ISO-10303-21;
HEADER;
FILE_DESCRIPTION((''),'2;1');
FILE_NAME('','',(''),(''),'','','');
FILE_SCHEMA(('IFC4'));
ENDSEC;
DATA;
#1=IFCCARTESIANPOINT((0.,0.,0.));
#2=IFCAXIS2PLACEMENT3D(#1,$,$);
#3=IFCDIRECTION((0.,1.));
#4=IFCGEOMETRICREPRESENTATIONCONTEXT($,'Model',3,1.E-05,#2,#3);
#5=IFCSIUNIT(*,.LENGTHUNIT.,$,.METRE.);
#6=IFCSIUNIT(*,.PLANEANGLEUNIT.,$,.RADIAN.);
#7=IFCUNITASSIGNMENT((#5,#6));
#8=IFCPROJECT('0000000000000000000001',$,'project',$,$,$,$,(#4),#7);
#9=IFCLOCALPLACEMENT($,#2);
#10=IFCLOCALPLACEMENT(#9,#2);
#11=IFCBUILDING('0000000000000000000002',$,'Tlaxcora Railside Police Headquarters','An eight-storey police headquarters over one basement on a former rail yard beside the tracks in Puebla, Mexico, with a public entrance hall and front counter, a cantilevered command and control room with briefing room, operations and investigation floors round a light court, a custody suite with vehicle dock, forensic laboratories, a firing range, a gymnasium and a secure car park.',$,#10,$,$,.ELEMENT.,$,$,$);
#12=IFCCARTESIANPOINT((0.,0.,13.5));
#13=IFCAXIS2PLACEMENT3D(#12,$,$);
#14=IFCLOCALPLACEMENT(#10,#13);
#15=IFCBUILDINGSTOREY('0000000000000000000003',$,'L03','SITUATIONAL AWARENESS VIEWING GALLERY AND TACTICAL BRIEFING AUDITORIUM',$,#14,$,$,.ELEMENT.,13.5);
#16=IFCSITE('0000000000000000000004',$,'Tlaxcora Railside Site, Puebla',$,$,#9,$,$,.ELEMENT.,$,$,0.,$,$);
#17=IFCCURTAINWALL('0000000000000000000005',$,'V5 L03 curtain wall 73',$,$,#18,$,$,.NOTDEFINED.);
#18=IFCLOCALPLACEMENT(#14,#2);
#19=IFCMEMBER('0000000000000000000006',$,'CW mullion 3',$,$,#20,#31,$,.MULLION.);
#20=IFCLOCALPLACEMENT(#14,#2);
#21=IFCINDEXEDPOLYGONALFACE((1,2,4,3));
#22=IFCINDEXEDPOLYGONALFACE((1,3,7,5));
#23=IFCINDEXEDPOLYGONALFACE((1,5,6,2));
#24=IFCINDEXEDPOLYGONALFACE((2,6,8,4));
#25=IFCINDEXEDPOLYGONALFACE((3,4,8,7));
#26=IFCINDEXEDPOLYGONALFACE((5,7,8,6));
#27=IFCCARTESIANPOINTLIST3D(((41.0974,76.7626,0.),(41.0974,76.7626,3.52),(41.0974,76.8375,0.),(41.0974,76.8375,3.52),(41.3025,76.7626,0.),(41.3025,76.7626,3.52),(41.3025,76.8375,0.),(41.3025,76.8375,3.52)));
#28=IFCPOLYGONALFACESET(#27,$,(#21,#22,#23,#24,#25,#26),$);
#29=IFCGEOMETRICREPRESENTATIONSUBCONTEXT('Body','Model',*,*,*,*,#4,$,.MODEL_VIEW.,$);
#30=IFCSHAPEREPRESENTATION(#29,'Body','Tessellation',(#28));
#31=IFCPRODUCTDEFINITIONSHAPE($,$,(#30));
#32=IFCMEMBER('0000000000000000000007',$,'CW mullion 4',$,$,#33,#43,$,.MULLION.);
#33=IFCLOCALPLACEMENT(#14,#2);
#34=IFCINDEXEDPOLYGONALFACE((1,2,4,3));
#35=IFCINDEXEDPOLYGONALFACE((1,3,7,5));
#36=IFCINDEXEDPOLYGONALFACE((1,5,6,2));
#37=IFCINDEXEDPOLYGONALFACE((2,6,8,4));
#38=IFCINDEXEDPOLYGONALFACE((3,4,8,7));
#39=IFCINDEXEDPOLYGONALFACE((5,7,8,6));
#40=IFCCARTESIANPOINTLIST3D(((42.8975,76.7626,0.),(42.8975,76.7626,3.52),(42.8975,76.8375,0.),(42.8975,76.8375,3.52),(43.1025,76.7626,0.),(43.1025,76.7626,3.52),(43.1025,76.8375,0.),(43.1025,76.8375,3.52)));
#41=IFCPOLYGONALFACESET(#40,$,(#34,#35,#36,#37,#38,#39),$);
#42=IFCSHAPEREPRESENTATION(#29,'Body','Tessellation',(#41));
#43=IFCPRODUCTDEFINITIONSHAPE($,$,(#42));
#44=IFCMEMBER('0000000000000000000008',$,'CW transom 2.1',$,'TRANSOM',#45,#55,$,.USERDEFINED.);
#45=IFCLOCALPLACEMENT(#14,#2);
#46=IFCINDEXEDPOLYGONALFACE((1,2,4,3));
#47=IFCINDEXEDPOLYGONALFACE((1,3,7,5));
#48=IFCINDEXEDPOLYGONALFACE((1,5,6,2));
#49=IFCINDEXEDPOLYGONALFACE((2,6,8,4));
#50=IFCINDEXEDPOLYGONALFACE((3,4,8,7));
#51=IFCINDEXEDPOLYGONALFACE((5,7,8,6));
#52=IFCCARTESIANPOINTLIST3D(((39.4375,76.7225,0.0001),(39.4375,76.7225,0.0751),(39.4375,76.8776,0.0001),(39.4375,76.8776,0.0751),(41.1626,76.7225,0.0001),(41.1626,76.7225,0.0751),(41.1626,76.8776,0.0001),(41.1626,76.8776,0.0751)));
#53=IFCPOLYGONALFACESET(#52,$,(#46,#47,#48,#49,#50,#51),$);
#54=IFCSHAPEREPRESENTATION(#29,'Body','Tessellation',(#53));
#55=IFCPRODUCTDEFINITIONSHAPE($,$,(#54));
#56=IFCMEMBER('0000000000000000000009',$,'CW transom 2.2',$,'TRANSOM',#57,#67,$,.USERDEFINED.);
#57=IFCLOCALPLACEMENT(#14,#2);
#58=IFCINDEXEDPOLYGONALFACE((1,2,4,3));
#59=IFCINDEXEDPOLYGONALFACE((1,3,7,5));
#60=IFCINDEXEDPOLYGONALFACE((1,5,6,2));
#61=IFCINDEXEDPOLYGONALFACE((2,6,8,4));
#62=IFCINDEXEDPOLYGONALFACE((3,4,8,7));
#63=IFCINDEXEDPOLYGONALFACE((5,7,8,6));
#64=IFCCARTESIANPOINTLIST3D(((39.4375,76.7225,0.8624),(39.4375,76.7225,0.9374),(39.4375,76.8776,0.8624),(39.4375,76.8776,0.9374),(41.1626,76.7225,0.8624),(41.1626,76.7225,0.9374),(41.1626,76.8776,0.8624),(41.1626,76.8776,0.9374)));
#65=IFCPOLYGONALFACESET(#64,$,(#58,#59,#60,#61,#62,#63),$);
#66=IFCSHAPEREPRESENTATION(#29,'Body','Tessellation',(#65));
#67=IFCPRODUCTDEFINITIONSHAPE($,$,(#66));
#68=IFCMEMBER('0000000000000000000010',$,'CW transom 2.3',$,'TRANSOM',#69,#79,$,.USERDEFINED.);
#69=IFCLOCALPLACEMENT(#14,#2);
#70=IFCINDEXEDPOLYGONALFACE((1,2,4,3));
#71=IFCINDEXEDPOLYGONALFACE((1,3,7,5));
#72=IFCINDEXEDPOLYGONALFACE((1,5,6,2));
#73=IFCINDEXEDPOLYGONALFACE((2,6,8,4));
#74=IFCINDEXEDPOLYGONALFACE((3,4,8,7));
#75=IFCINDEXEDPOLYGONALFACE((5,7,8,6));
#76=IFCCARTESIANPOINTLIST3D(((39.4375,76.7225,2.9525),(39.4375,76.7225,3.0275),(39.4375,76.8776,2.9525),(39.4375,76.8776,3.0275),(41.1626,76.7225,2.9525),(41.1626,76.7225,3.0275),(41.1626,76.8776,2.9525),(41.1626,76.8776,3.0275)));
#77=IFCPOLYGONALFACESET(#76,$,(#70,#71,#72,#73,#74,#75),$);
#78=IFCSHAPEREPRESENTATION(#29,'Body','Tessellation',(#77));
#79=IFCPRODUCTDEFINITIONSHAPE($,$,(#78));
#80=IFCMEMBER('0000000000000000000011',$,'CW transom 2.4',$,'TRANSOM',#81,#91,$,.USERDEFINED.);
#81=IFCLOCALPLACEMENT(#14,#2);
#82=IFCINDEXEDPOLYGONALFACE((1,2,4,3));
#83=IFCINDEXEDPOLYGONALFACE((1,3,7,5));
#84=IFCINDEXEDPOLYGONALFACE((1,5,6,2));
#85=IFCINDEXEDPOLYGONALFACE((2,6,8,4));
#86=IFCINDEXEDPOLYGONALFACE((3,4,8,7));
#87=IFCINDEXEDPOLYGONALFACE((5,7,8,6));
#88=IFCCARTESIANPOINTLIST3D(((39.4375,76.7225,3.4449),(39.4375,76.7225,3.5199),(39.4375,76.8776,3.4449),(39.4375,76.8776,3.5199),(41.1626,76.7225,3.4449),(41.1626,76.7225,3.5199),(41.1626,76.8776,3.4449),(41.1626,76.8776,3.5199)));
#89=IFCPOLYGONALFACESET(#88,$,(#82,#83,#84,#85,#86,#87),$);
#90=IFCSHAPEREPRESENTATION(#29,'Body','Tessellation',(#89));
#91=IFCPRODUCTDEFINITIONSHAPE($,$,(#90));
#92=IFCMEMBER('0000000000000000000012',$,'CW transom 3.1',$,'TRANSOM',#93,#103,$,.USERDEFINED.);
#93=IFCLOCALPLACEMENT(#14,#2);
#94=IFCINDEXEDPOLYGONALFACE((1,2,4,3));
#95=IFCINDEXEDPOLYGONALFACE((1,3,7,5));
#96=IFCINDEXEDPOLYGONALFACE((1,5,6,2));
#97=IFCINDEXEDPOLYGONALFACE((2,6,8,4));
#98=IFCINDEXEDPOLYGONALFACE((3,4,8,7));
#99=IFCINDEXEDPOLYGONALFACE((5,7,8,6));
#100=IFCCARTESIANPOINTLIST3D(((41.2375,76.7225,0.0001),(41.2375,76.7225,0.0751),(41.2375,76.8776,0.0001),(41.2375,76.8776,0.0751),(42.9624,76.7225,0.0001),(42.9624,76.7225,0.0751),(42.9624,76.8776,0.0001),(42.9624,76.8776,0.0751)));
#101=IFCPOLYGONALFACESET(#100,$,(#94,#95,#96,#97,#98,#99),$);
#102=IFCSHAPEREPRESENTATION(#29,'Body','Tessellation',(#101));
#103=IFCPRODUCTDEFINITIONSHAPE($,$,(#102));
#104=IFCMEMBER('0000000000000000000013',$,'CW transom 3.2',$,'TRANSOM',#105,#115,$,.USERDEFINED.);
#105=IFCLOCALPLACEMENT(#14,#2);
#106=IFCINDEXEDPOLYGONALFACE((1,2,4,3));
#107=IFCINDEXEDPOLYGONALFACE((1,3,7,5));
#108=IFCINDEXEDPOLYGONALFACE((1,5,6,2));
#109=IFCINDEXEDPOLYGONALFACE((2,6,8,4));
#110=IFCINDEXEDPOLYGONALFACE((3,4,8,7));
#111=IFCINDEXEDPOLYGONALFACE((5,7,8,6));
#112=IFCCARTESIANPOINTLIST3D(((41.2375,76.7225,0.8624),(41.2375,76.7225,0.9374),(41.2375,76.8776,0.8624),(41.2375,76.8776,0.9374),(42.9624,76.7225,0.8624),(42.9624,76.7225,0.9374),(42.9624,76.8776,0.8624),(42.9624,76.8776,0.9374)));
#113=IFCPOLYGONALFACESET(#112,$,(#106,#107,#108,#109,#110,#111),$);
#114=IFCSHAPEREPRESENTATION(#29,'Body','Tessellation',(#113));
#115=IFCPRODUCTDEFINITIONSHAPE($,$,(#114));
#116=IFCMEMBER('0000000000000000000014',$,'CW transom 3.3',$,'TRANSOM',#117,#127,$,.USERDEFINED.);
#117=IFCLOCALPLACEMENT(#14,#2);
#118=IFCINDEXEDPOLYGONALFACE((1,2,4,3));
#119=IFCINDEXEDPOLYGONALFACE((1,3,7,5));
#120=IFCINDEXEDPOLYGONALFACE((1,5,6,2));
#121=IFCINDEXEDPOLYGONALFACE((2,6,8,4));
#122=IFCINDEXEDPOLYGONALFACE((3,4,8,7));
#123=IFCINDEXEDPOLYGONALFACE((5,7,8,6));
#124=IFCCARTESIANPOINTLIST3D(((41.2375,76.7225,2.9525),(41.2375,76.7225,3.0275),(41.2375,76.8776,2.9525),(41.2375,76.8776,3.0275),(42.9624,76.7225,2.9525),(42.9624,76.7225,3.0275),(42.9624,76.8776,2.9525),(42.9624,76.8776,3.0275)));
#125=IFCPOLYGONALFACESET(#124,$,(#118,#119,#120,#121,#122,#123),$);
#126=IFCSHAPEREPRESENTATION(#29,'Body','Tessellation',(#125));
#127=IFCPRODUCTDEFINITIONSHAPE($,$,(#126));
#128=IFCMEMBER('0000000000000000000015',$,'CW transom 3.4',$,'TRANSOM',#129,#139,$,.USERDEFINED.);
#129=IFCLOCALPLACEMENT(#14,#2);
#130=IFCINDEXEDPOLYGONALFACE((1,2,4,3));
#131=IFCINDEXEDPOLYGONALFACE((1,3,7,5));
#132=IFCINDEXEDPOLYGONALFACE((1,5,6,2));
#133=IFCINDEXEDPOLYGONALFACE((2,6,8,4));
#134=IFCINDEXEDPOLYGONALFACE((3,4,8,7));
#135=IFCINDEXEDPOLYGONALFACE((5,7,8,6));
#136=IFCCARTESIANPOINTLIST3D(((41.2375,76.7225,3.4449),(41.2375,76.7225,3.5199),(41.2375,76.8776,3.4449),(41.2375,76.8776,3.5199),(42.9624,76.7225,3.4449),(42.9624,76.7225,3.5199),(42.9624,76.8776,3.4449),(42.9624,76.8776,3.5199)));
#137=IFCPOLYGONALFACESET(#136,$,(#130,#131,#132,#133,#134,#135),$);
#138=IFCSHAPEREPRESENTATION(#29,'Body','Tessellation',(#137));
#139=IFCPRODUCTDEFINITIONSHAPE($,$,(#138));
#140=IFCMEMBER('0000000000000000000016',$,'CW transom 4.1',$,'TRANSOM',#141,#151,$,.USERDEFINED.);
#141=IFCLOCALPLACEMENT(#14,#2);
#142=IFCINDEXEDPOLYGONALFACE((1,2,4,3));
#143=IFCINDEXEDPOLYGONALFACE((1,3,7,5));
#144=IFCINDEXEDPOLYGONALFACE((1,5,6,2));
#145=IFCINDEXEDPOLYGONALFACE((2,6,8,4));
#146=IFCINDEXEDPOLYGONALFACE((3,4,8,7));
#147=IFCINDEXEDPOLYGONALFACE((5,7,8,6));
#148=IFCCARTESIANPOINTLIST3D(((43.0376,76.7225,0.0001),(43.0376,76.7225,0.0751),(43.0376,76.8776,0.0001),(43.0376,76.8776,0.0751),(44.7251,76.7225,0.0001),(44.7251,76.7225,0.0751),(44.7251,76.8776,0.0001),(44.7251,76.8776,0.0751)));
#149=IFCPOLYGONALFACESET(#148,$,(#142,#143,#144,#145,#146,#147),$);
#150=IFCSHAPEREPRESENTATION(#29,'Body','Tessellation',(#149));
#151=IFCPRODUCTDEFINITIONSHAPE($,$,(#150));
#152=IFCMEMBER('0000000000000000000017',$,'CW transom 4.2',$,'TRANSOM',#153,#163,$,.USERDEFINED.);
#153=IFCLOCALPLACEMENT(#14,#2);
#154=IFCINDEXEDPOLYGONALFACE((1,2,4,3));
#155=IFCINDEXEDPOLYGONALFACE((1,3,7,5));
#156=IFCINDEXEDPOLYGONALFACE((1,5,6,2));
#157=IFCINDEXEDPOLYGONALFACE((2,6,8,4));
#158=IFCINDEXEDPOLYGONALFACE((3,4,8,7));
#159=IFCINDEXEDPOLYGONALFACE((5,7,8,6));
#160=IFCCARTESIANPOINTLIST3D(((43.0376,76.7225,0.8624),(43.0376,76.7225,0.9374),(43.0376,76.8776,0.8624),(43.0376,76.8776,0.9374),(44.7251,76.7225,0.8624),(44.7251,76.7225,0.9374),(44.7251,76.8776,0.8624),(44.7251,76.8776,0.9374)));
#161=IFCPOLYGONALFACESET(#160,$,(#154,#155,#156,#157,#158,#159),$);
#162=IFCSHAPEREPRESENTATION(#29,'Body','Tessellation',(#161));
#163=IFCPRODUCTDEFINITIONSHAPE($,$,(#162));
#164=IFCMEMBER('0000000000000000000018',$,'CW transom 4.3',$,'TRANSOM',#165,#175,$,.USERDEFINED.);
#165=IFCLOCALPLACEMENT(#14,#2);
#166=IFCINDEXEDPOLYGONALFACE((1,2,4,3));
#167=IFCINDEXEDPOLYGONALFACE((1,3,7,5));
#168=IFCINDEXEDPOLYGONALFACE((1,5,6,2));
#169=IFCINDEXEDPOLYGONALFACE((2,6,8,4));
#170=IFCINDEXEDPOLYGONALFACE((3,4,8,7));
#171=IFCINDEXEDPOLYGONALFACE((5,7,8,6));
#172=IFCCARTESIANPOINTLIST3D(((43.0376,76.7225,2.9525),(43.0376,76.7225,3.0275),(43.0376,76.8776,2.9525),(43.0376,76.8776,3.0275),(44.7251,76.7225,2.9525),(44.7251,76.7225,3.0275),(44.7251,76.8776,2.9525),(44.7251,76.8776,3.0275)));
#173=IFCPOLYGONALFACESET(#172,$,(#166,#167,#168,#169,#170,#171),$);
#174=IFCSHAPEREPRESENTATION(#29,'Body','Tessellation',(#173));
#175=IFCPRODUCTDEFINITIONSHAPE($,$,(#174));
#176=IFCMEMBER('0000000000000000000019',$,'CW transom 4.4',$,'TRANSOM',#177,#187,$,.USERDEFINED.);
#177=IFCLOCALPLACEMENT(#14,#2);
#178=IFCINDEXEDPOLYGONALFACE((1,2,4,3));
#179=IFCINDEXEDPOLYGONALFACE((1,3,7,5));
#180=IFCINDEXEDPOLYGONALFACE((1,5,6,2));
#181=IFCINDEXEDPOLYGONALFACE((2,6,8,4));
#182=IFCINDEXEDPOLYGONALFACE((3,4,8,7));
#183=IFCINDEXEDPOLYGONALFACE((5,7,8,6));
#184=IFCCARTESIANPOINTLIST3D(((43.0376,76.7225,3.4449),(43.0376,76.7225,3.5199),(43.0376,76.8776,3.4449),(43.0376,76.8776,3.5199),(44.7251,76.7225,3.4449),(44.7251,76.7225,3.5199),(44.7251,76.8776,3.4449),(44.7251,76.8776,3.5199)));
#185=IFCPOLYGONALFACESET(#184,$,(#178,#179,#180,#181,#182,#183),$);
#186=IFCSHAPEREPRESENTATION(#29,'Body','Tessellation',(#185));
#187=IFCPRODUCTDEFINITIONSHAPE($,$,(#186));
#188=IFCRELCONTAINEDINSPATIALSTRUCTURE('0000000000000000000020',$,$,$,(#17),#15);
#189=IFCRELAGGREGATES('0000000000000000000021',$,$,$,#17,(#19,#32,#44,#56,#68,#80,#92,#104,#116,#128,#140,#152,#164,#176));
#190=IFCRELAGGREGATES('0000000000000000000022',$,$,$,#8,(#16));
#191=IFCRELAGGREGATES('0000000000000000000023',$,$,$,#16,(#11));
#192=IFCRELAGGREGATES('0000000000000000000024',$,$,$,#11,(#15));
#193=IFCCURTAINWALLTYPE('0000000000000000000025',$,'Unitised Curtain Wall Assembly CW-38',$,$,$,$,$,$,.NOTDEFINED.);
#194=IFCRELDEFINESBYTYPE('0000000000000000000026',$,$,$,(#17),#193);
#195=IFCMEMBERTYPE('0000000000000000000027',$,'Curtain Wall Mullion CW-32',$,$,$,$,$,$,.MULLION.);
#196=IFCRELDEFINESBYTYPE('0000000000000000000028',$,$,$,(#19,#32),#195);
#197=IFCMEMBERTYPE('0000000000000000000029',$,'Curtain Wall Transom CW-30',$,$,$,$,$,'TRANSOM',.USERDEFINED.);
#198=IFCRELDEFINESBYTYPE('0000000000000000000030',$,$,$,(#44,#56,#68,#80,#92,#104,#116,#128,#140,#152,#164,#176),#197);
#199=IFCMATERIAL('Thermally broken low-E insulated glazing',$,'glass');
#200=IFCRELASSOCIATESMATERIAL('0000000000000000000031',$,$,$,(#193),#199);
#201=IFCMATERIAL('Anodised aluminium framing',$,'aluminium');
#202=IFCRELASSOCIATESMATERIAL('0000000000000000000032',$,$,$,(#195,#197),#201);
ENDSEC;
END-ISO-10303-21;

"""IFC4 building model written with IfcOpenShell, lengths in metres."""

from ifc_helpers import new_model, si_unit, direction, frame, origin, origin_2d, place, context, subcontext, project, spatial, rectangle, extrude, material, material_profile, profile_set, type_object, element, aggregate, save


model = new_model("IFC4")

# Units and contexts
model_context = context("Model", 3, precision=1e-05, world=origin(), true_north=direction((0.0, 1.0)))
body_context = subcontext(model_context, "Body", "Model", "MODEL_VIEW")
ifc_project = project(units=[si_unit("LENGTHUNIT", "METRE"), si_unit("PLANEANGLEUNIT", "RADIAN")], contexts=[model_context])

# Site, building, storey
site_placement = place(None, origin())
site = spatial("IfcSite", under=ifc_project, at=site_placement, Name="Tlaxcora Railside Site, Puebla", CompositionType="ELEMENT", RefElevation=0.0)
building_placement = place(site_placement, origin())
building = spatial("IfcBuilding", under=site, at=building_placement, Name="Tlaxcora Railside Police Headquarters", Description="An eight-storey police headquarters over one basement on a former rail yard beside the tracks in Puebla, Mexico, with a public entrance hall and front counter, a cantilevered command and control room with briefing room, operations and investigation floors round a light court, a custody suite with vehicle dock, forensic laboratories, a firing range, a gymnasium and a secure car park.", CompositionType="ELEMENT")
storey_placement = place(building_placement, frame((0.0, 0.0, 13.5)))
storey = spatial("IfcBuildingStorey", under=building, at=storey_placement, Name="L03", Description="SITUATIONAL AWARENESS VIEWING GALLERY AND TACTICAL BRIEFING AUDITORIUM", CompositionType="ELEMENT", Elevation=13.5)

# Curtain wall, members
ifc_material_1 = material(Name="Thermally broken low-E insulated glazing", Category="glass")
curtain_wall_type = type_object("IfcCurtainWallType", Name="Unitised Curtain Wall Assembly CW-38", PredefinedType="NOTDEFINED", material=ifc_material_1)
curtain_wall_placement = place(storey_placement, origin())
curtain_wall = element("IfcCurtainWall", 1, at=curtain_wall_placement, inside=storey, type_object=curtain_wall_type, Name="V5 L03 curtain wall 73", PredefinedType="NOTDEFINED")
ifc_material_2 = material(Name="Anodised aluminium framing", Category="aluminium")
ifc_material_profile_1 = material_profile(ifc_material_2, rectangle(XDim=0.075, YDim=0.2051, at=origin_2d()), Name="AL75X205")
ifc_profile_set_1 = profile_set([ifc_material_profile_1], Name="Anodised aluminium framing")
member_type_1 = type_object("IfcMemberType", Name="Curtain Wall Mullion CW-32", PredefinedType="MULLION", material=ifc_profile_set_1)
member_1_placement = place(storey_placement, frame((41.2, 76.8, 0.0), z_axis=(0.0, 0.0, 1.0), x_axis=(0.0, 1.0, 0.0)))
member_1 = element("IfcMember", 2, at=member_1_placement, type_object=member_type_1, Name="CW mullion 3", PredefinedType="MULLION", context=body_context, shape_type="SweptSolid", body=[
    extrude(rectangle(XDim=0.075, YDim=0.2051, at=origin_2d()), origin(), (0.0, 0.0, 1.0), 3.52),
])
member_2_placement = place(storey_placement, frame((43.0, 76.8, 0.0), z_axis=(0.0, 0.0, 1.0), x_axis=(0.0, 1.0, 0.0)))
member_2 = element("IfcMember", 3, at=member_2_placement, type_object=member_type_1, Name="CW mullion 4", PredefinedType="MULLION", context=body_context, shape_type="SweptSolid", body=[
    extrude(rectangle(XDim=0.075, YDim=0.2051, at=origin_2d()), origin(), (0.0, 0.0, 1.0), 3.52),
])
ifc_material_profile_2 = material_profile(ifc_material_2, rectangle(XDim=0.155, YDim=0.075, at=origin_2d()), Name="AL75X155")
ifc_profile_set_2 = profile_set([ifc_material_profile_2], Name="Anodised aluminium framing")
member_type_2 = type_object("IfcMemberType", Name="Curtain Wall Transom CW-30", ElementType="TRANSOM", PredefinedType="USERDEFINED", material=ifc_profile_set_2)
member_3_placement = place(storey_placement, frame((39.4375, 76.8, 0.0376), z_axis=(1.0, 0.0, 0.0), x_axis=(0.0, 1.0, 0.0)))
member_3 = element("IfcMember", 4, at=member_3_placement, type_object=member_type_2, Name="CW transom 2.1", ObjectType="TRANSOM", PredefinedType="USERDEFINED", context=body_context, shape_type="SweptSolid", body=[
    extrude(rectangle(XDim=0.155, YDim=0.075, at=origin_2d()), origin(), (0.0, 0.0, 1.0), 1.7251),
])
member_4_placement = place(storey_placement, frame((39.4375, 76.8, 0.8999), z_axis=(1.0, 0.0, 0.0), x_axis=(0.0, 1.0, 0.0)))
member_4 = element("IfcMember", 5, at=member_4_placement, type_object=member_type_2, Name="CW transom 2.2", ObjectType="TRANSOM", PredefinedType="USERDEFINED", context=body_context, shape_type="SweptSolid", body=[
    extrude(rectangle(XDim=0.155, YDim=0.075, at=origin_2d()), origin(), (0.0, 0.0, 1.0), 1.7251),
])
member_5_placement = place(storey_placement, frame((39.4375, 76.8, 2.99), z_axis=(1.0, 0.0, 0.0), x_axis=(0.0, 1.0, 0.0)))
member_5 = element("IfcMember", 6, at=member_5_placement, type_object=member_type_2, Name="CW transom 2.3", ObjectType="TRANSOM", PredefinedType="USERDEFINED", context=body_context, shape_type="SweptSolid", body=[
    extrude(rectangle(XDim=0.155, YDim=0.075, at=origin_2d()), origin(), (0.0, 0.0, 1.0), 1.7251),
])
member_6_placement = place(storey_placement, frame((39.4375, 76.8, 3.4824), z_axis=(1.0, 0.0, 0.0), x_axis=(0.0, 1.0, 0.0)))
member_6 = element("IfcMember", 7, at=member_6_placement, type_object=member_type_2, Name="CW transom 2.4", ObjectType="TRANSOM", PredefinedType="USERDEFINED", context=body_context, shape_type="SweptSolid", body=[
    extrude(rectangle(XDim=0.155, YDim=0.075, at=origin_2d()), origin(), (0.0, 0.0, 1.0), 1.7251),
])
member_7_placement = place(storey_placement, frame((41.2375, 76.8, 0.0376), z_axis=(1.0, 0.0, 0.0), x_axis=(0.0, 1.0, 0.0)))
member_7 = element("IfcMember", 8, at=member_7_placement, type_object=member_type_2, Name="CW transom 3.1", ObjectType="TRANSOM", PredefinedType="USERDEFINED", context=body_context, shape_type="SweptSolid", body=[
    extrude(rectangle(XDim=0.155, YDim=0.075, at=origin_2d()), origin(), (0.0, 0.0, 1.0), 1.7249),
])
member_8_placement = place(storey_placement, frame((41.2375, 76.8, 0.8999), z_axis=(1.0, 0.0, 0.0), x_axis=(0.0, 1.0, 0.0)))
member_8 = element("IfcMember", 9, at=member_8_placement, type_object=member_type_2, Name="CW transom 3.2", ObjectType="TRANSOM", PredefinedType="USERDEFINED", context=body_context, shape_type="SweptSolid", body=[
    extrude(rectangle(XDim=0.155, YDim=0.075, at=origin_2d()), origin(), (0.0, 0.0, 1.0), 1.7249),
])
member_9_placement = place(storey_placement, frame((41.2375, 76.8, 2.99), z_axis=(1.0, 0.0, 0.0), x_axis=(0.0, 1.0, 0.0)))
member_9 = element("IfcMember", 10, at=member_9_placement, type_object=member_type_2, Name="CW transom 3.3", ObjectType="TRANSOM", PredefinedType="USERDEFINED", context=body_context, shape_type="SweptSolid", body=[
    extrude(rectangle(XDim=0.155, YDim=0.075, at=origin_2d()), origin(), (0.0, 0.0, 1.0), 1.7249),
])
member_10_placement = place(storey_placement, frame((41.2375, 76.8, 3.4824), z_axis=(1.0, 0.0, 0.0), x_axis=(0.0, 1.0, 0.0)))
member_10 = element("IfcMember", 11, at=member_10_placement, type_object=member_type_2, Name="CW transom 3.4", ObjectType="TRANSOM", PredefinedType="USERDEFINED", context=body_context, shape_type="SweptSolid", body=[
    extrude(rectangle(XDim=0.155, YDim=0.075, at=origin_2d()), origin(), (0.0, 0.0, 1.0), 1.7249),
])
member_11_placement = place(storey_placement, frame((43.0376, 76.8, 0.0376), z_axis=(1.0, 0.0, 0.0), x_axis=(0.0, 1.0, 0.0)))
member_11 = element("IfcMember", 12, at=member_11_placement, type_object=member_type_2, Name="CW transom 4.1", ObjectType="TRANSOM", PredefinedType="USERDEFINED", context=body_context, shape_type="SweptSolid", body=[
    extrude(rectangle(XDim=0.155, YDim=0.075, at=origin_2d()), origin(), (0.0, 0.0, 1.0), 1.6875),
])
member_12_placement = place(storey_placement, frame((43.0376, 76.8, 0.8999), z_axis=(1.0, 0.0, 0.0), x_axis=(0.0, 1.0, 0.0)))
member_12 = element("IfcMember", 13, at=member_12_placement, type_object=member_type_2, Name="CW transom 4.2", ObjectType="TRANSOM", PredefinedType="USERDEFINED", context=body_context, shape_type="SweptSolid", body=[
    extrude(rectangle(XDim=0.155, YDim=0.075, at=origin_2d()), origin(), (0.0, 0.0, 1.0), 1.6875),
])
member_13_placement = place(storey_placement, frame((43.0376, 76.8, 2.99), z_axis=(1.0, 0.0, 0.0), x_axis=(0.0, 1.0, 0.0)))
member_13 = element("IfcMember", 14, at=member_13_placement, type_object=member_type_2, Name="CW transom 4.3", ObjectType="TRANSOM", PredefinedType="USERDEFINED", context=body_context, shape_type="SweptSolid", body=[
    extrude(rectangle(XDim=0.155, YDim=0.075, at=origin_2d()), origin(), (0.0, 0.0, 1.0), 1.6875),
])
member_14_placement = place(storey_placement, frame((43.0376, 76.8, 3.4824), z_axis=(1.0, 0.0, 0.0), x_axis=(0.0, 1.0, 0.0)))
member_14 = element("IfcMember", 15, at=member_14_placement, type_object=member_type_2, Name="CW transom 4.4", ObjectType="TRANSOM", PredefinedType="USERDEFINED", context=body_context, shape_type="SweptSolid", body=[
    extrude(rectangle(XDim=0.155, YDim=0.075, at=origin_2d()), origin(), (0.0, 0.0, 1.0), 1.6875),
])
aggregate(curtain_wall, [member_1, member_2, member_3, member_4, member_5, member_6, member_7, member_8, member_9, member_10, member_11, member_12, member_13, member_14])

save(model, "model.ifc")
